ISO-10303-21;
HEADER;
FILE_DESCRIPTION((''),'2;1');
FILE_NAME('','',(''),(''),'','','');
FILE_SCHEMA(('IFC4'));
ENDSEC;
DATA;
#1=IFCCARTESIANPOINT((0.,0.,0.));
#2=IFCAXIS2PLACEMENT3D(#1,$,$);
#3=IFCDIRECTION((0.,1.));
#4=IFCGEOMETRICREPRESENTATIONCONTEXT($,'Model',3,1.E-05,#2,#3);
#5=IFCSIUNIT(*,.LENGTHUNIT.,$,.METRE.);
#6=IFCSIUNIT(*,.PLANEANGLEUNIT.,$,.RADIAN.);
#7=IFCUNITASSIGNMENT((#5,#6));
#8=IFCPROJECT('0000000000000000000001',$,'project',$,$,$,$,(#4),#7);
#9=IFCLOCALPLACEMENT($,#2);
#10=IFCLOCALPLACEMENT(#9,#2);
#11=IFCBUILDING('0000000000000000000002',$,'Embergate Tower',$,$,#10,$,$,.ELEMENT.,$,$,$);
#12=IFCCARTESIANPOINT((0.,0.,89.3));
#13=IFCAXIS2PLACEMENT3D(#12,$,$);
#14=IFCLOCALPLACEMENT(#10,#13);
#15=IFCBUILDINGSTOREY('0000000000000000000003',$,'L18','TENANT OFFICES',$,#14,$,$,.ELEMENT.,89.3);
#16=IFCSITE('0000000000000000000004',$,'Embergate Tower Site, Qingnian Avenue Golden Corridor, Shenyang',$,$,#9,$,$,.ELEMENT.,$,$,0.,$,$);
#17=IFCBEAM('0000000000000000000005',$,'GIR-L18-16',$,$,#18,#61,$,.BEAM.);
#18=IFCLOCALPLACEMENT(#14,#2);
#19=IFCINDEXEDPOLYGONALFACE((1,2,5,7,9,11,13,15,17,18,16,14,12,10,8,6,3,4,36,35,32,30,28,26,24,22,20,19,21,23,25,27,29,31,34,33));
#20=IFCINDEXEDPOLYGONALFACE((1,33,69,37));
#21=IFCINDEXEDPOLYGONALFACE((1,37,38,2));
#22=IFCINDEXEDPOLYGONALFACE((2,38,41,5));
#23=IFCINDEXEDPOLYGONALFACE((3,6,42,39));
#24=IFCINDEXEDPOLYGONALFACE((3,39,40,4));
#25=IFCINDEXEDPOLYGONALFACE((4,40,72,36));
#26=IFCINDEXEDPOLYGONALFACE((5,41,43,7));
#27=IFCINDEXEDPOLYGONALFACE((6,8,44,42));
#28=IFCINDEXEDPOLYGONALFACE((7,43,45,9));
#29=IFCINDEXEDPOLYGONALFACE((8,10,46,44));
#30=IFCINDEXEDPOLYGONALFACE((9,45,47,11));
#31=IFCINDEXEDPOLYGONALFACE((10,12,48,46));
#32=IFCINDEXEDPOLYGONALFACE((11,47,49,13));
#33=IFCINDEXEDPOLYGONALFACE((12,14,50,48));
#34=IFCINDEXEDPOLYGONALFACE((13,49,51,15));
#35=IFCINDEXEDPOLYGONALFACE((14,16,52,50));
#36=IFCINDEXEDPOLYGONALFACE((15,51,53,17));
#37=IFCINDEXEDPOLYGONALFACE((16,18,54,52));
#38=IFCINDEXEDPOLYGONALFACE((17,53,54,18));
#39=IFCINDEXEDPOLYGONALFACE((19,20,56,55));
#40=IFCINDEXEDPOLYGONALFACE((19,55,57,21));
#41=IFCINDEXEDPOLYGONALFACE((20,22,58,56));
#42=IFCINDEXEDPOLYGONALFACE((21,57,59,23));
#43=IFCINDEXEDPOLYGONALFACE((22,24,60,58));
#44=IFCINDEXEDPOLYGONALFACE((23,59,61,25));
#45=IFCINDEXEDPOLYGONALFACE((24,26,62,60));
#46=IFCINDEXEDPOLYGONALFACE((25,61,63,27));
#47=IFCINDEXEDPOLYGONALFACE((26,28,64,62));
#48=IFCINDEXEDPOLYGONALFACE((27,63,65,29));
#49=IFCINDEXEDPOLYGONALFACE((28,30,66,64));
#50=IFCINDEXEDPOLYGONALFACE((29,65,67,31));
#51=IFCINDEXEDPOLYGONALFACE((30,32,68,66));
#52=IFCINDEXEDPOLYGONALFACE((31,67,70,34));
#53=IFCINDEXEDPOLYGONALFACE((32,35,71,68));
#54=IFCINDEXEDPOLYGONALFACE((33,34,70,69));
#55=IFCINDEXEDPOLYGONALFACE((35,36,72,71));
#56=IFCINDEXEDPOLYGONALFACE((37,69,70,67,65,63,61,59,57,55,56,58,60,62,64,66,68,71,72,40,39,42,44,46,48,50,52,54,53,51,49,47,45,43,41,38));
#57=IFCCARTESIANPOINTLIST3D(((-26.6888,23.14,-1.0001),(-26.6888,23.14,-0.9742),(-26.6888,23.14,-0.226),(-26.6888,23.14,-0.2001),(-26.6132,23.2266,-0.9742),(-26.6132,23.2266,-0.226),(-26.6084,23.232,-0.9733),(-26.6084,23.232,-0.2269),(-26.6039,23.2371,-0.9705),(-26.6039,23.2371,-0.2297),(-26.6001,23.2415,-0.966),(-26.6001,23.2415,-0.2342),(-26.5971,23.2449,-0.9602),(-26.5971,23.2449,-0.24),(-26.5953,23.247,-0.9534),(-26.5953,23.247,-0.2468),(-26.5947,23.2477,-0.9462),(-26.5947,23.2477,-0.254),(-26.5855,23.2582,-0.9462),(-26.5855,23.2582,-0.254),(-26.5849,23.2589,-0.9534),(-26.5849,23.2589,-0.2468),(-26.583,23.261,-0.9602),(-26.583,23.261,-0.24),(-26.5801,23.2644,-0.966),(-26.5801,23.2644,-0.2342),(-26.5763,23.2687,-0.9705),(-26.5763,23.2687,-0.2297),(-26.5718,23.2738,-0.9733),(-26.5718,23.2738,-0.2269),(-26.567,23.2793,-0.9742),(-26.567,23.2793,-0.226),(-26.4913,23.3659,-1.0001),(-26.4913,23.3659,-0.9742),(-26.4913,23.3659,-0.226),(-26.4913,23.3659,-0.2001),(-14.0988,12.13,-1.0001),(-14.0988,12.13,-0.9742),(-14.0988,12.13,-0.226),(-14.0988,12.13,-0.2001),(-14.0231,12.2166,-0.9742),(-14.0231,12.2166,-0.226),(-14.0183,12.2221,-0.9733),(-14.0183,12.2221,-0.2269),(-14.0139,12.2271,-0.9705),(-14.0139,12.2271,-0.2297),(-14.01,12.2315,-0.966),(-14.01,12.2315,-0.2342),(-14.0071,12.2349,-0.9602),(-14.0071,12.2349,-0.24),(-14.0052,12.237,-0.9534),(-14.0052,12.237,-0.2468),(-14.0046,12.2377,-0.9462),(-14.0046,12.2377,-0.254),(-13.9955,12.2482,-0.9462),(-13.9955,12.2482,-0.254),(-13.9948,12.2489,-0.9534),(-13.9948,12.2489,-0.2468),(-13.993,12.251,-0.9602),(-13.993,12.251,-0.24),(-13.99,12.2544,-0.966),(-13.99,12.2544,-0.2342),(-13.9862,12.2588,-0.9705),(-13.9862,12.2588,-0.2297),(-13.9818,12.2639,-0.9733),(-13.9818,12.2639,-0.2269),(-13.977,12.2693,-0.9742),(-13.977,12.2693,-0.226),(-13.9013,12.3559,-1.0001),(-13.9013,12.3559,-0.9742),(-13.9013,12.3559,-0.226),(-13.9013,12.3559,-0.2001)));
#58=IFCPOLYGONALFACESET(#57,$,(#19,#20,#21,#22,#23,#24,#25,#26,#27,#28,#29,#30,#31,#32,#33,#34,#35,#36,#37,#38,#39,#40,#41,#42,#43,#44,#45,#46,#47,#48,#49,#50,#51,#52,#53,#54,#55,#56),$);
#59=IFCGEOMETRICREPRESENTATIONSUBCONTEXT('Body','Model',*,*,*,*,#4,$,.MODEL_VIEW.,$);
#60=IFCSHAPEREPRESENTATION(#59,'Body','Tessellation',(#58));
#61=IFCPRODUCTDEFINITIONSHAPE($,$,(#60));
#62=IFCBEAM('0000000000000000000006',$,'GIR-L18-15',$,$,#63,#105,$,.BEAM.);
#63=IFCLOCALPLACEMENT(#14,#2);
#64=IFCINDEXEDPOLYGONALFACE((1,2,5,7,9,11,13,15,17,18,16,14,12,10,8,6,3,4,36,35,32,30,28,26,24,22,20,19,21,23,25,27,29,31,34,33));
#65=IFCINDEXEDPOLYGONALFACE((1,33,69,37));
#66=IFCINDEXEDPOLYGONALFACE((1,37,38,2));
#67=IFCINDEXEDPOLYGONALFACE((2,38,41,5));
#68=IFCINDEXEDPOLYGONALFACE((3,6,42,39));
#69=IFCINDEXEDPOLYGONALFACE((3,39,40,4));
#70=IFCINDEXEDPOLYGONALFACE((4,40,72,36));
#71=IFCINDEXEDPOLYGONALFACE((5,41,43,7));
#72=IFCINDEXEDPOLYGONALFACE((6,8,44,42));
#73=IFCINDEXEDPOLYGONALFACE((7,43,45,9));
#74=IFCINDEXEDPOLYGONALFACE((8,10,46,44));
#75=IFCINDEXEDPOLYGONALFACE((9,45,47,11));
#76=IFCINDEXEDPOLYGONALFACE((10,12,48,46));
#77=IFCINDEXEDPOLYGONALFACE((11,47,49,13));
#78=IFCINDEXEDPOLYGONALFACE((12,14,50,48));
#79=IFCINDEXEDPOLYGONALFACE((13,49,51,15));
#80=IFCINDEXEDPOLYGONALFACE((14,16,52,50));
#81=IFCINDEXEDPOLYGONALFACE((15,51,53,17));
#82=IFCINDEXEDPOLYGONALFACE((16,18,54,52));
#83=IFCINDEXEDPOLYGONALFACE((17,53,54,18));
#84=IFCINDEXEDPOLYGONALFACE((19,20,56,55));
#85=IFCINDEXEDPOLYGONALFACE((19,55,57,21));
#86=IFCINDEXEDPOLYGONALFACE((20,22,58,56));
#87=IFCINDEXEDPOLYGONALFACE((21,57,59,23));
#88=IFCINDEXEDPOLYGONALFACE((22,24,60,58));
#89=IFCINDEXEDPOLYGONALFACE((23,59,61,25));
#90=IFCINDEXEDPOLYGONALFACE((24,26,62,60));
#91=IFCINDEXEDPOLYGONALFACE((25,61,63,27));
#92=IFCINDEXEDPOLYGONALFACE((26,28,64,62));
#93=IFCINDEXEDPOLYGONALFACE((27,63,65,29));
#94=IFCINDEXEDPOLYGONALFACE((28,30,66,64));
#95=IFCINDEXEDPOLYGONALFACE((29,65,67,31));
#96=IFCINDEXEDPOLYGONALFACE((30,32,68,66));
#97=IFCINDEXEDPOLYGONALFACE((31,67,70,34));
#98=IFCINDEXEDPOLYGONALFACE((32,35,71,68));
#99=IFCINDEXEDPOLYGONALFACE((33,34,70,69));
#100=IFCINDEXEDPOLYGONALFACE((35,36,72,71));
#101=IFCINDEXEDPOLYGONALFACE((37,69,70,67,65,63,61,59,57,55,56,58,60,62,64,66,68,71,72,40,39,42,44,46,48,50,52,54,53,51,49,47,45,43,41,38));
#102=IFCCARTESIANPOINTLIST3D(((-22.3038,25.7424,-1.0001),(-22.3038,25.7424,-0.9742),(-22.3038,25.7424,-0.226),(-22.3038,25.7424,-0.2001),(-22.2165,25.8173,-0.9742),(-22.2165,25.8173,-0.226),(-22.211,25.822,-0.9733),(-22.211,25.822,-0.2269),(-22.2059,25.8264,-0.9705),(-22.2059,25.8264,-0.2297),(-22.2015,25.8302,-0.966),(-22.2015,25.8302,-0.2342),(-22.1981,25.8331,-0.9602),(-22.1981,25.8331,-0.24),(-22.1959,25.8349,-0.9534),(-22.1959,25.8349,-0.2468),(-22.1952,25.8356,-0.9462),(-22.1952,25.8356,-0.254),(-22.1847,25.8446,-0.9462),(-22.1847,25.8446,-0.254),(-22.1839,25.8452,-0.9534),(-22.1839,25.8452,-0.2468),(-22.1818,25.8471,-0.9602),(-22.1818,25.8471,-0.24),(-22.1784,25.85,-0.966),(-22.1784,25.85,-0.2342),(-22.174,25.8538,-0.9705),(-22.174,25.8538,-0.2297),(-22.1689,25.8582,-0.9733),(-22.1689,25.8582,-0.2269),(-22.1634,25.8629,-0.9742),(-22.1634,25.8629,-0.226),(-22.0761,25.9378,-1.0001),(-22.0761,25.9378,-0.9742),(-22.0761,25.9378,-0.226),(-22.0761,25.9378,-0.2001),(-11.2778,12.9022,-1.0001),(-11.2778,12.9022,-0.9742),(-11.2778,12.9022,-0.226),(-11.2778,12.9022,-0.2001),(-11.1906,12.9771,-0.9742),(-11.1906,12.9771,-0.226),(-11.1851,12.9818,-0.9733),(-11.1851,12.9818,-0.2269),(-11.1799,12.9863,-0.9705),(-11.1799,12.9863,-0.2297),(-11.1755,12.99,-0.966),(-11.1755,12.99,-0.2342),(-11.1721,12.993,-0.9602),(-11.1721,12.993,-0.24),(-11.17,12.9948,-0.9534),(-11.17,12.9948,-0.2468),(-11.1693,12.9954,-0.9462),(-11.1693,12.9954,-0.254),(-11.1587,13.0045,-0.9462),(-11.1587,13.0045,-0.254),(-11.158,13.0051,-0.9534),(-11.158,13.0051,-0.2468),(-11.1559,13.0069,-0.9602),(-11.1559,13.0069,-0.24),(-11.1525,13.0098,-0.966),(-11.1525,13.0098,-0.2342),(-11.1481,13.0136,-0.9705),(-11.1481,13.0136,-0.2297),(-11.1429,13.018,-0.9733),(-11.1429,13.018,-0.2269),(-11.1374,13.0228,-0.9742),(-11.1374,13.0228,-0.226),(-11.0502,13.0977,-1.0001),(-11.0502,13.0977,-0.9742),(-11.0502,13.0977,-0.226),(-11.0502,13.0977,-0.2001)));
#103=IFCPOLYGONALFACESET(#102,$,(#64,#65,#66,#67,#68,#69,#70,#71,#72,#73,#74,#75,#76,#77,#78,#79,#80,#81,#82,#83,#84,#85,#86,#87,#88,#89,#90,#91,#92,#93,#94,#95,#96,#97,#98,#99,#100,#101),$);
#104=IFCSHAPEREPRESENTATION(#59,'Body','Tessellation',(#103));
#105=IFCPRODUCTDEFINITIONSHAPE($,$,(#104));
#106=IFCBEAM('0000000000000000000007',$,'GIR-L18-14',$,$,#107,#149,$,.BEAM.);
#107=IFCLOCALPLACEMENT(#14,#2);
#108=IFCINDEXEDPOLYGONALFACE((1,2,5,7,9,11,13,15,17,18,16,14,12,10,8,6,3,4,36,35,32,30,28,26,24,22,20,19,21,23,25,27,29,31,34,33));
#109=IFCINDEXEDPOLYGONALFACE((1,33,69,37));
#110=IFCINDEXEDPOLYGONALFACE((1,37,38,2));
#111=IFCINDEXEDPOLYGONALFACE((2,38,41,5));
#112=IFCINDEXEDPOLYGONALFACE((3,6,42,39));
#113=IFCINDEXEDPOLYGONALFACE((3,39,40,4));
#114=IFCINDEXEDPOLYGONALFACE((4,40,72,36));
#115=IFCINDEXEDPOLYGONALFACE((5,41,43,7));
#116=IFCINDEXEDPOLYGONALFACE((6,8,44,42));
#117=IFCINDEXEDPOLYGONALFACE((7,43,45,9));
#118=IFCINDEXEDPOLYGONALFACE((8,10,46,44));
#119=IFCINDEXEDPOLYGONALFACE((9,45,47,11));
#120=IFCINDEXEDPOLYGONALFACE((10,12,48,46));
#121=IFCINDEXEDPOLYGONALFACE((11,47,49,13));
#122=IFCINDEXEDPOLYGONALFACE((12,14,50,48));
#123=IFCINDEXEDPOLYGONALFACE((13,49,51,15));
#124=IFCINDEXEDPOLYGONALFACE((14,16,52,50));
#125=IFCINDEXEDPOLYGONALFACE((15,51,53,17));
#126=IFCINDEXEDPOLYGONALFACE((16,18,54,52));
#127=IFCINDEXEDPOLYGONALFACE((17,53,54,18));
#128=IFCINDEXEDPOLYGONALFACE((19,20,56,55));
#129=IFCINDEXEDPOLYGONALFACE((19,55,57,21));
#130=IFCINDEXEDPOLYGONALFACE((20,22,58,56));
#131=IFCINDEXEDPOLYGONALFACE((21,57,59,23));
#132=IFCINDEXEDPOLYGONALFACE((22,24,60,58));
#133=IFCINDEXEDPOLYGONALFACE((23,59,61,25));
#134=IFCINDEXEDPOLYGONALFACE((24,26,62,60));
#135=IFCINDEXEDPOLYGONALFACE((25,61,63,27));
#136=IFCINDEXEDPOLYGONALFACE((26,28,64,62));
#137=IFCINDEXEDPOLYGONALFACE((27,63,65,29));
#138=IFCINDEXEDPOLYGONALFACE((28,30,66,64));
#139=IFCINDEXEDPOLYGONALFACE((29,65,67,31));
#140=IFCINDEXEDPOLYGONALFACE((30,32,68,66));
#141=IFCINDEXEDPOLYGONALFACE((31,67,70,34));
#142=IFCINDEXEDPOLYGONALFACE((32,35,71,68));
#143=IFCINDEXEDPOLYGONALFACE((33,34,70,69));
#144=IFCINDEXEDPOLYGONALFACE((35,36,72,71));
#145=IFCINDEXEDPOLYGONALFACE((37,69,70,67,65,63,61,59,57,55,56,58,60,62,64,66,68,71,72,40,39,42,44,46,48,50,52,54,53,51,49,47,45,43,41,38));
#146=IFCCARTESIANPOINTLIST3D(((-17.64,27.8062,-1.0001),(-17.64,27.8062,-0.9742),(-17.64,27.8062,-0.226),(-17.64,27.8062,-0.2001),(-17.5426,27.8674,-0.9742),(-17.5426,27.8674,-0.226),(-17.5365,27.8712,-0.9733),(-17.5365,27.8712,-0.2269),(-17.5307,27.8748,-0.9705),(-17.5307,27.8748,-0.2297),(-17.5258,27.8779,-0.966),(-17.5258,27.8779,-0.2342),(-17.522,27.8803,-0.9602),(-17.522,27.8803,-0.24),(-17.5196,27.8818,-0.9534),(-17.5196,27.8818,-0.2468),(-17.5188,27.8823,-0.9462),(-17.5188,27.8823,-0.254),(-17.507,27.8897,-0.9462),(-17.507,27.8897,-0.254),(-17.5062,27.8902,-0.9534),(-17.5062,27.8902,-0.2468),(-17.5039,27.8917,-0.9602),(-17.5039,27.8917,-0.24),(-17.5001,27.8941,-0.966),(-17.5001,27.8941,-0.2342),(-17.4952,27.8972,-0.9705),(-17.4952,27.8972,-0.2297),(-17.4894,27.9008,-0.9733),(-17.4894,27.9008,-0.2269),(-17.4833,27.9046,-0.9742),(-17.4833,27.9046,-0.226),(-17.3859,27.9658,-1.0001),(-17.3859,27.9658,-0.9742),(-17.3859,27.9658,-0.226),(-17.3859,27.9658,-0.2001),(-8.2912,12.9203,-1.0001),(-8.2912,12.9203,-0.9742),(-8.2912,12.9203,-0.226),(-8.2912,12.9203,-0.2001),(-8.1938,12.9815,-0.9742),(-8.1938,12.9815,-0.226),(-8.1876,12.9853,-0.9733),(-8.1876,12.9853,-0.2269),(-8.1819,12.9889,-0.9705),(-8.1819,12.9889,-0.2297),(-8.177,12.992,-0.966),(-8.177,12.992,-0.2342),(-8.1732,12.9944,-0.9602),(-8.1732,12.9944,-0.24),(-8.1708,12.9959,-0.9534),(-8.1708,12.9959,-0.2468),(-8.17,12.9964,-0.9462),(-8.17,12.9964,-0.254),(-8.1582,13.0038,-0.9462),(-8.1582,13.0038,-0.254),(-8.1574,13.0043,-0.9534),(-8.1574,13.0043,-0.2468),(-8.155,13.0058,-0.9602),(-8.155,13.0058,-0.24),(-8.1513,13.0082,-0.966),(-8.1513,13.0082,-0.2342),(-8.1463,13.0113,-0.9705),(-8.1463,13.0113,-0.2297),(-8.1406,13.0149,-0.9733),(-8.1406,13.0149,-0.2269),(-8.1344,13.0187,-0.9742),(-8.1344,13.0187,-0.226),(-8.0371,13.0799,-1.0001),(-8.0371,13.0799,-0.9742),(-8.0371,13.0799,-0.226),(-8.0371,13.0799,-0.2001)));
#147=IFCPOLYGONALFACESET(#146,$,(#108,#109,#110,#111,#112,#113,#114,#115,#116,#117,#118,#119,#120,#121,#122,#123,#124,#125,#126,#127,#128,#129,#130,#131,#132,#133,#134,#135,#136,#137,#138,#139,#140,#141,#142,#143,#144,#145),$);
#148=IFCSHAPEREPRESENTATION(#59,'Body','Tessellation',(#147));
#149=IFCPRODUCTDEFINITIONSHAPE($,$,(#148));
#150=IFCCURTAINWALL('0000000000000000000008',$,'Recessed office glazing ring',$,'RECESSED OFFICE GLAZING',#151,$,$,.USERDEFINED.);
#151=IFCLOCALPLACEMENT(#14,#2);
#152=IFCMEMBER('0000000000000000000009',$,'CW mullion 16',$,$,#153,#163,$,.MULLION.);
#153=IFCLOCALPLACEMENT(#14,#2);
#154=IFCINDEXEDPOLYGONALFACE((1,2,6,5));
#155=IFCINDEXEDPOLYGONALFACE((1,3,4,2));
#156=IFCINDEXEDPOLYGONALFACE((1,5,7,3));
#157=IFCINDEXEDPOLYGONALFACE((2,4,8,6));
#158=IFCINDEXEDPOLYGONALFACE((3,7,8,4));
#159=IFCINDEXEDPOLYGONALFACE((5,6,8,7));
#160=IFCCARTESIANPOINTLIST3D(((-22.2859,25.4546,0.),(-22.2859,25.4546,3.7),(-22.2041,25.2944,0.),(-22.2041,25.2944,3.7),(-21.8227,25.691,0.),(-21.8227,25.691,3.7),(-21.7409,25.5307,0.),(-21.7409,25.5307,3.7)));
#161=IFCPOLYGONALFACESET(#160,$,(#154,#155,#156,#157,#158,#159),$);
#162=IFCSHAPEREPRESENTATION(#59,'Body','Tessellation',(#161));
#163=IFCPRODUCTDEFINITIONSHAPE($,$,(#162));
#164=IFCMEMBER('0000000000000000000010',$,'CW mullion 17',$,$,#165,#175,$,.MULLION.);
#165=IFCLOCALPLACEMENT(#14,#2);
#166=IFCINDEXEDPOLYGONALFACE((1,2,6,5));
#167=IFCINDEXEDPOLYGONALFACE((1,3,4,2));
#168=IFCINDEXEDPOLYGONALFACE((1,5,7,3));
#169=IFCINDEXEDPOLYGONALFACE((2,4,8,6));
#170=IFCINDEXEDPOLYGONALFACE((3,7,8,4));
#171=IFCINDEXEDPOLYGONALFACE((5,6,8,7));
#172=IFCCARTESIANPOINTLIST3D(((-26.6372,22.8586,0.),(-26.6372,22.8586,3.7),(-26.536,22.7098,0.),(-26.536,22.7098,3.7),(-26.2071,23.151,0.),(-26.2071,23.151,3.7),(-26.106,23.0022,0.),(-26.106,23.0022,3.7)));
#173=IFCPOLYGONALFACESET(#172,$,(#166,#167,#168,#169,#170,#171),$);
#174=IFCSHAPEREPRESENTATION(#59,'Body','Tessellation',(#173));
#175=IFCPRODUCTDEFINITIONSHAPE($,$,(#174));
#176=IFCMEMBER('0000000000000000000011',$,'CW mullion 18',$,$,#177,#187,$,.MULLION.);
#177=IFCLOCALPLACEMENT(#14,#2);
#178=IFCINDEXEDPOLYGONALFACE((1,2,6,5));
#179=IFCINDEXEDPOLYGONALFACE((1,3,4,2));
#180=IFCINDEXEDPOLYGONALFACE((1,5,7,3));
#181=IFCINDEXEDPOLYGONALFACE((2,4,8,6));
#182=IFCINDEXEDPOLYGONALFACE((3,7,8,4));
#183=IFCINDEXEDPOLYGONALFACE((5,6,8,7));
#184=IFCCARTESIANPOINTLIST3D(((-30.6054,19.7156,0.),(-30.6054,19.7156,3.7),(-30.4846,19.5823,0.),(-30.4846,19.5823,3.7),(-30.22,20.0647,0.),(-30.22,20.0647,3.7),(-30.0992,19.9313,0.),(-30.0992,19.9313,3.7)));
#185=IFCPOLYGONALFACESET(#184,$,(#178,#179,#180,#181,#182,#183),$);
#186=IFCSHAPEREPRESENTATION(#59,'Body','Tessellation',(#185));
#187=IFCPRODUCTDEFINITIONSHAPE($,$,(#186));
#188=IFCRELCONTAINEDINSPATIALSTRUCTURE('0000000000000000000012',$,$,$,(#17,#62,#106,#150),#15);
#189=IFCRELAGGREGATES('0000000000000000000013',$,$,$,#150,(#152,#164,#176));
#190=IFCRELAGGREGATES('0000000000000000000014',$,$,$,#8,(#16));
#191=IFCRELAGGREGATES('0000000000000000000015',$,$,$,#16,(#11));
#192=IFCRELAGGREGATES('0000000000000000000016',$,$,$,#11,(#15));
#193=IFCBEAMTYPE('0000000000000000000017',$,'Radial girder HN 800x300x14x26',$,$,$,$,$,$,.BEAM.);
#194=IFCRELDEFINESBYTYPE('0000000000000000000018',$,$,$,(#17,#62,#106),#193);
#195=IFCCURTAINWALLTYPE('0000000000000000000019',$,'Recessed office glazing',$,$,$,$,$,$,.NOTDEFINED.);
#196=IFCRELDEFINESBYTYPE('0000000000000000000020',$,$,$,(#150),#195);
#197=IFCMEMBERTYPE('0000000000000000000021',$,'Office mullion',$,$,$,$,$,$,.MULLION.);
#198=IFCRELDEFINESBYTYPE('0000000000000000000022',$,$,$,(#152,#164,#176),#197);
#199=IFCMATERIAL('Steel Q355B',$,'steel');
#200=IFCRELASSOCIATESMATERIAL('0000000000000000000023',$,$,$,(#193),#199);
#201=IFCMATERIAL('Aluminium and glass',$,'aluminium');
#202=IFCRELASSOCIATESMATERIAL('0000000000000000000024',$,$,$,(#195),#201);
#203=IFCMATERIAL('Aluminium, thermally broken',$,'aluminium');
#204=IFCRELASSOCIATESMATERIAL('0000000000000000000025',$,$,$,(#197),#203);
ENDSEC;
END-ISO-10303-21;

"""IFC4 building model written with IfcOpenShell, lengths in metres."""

from ifc_helpers import new_model, si_unit, direction, frame, origin, origin_2d, place, context, subcontext, project, spatial, rectangle, i_section, extrude, source, transform, mapped, material, material_profile, profile_set, type_object, element, aggregate, save


model = new_model("IFC4")

# Units and contexts
model_context = context("Model", 3, precision=1e-05, world=origin(), true_north=direction((0.0, 1.0)))
body_context = subcontext(model_context, "Body", "Model", "MODEL_VIEW")
ifc_project = project(units=[si_unit("LENGTHUNIT", "METRE"), si_unit("PLANEANGLEUNIT", "RADIAN")], contexts=[model_context])

# Site, building, storey
site_placement = place(None, origin())
site = spatial("IfcSite", under=ifc_project, at=site_placement, Name="Embergate Tower Site, Qingnian Avenue Golden Corridor, Shenyang", CompositionType="ELEMENT", RefElevation=0.0)
building_placement = place(site_placement, origin())
building = spatial("IfcBuilding", under=site, at=building_placement, Name="Embergate Tower", CompositionType="ELEMENT")
storey_placement = place(building_placement, frame((0.0, 0.0, 89.3)))
storey = spatial("IfcBuildingStorey", under=building, at=storey_placement, Name="L18", Description="TENANT OFFICES", CompositionType="ELEMENT", Elevation=89.3)

# Beams
ifc_material_1 = material(Name="Steel Q355B", Category="steel")
ifc_material_profile_1 = material_profile(ifc_material_1, i_section(OverallWidth=0.3, OverallDepth=0.8, WebThickness=0.0139, FlangeThickness=0.0259, FilletRadius=0.0281, at=origin_2d()), Name="HN 800x300x14x26")
ifc_profile_set_1 = profile_set([ifc_material_profile_1], Name="Steel Q355 grade B")
beam_type_1 = type_object("IfcBeamType", Name="Radial girder HN 800x300x14x26", PredefinedType="BEAM", material=ifc_profile_set_1)
shared_shape_1 = source(origin(), body_context, "Body", "SweptSolid", [
    extrude(i_section(OverallWidth=0.3, OverallDepth=0.8, WebThickness=0.0139, FlangeThickness=0.0259, FilletRadius=0.0281, at=origin_2d()), origin(), (0.0, 0.0, 1.0), 16.7251),
])
beam_1_placement = place(storey_placement, frame((-26.5901, 23.2529, -0.6001), z_axis=(0.752764, -0.658291, 0.0), x_axis=(0.658291, 0.752764, 0.0)))
element("IfcBeam", 1, at=beam_1_placement, inside=storey, type_object=beam_type_1, Name="GIR-L18-16", PredefinedType="BEAM", context=body_context, shape_type="MappedRepresentation", body=[
    mapped(shared_shape_1, transform((0.0, 0.0, 0.0))),
])
shared_shape_2 = source(origin(), body_context, "Body", "SweptSolid", [
    extrude(i_section(OverallWidth=0.3, OverallDepth=0.8, WebThickness=0.0139, FlangeThickness=0.0259, FilletRadius=0.0281, at=origin_2d()), origin(), (0.0, 0.0, 1.0), 16.9246),
])
beam_2_placement = place(storey_placement, frame((-22.1899, 25.8401, -0.6001), z_axis=(0.651475, -0.75867, 0.0), x_axis=(0.75867, 0.651475, 0.0)))
element("IfcBeam", 2, at=beam_2_placement, inside=storey, type_object=beam_type_1, Name="GIR-L18-15", PredefinedType="BEAM", context=body_context, shape_type="MappedRepresentation", body=[
    mapped(shared_shape_2, transform((0.0, 0.0, 0.0))),
])
shared_shape_3 = source(origin(), body_context, "Body", "SweptSolid", [
    extrude(i_section(OverallWidth=0.3, OverallDepth=0.8, WebThickness=0.0139, FlangeThickness=0.0259, FilletRadius=0.0281, at=origin_2d()), origin(), (0.0, 0.0, 1.0), 17.5781),
])
beam_3_placement = place(storey_placement, frame((-17.5129, 27.886, -0.6001), z_axis=(0.531844, -0.846842, 0.0), x_axis=(0.846842, 0.531844, 0.0)))
element("IfcBeam", 3, at=beam_3_placement, inside=storey, type_object=beam_type_1, Name="GIR-L18-14", PredefinedType="BEAM", context=body_context, shape_type="MappedRepresentation", body=[
    mapped(shared_shape_3, transform((0.0, 0.0, 0.0))),
])

# Curtain wall, members
ifc_material_2 = material(Name="Aluminium and glass", Category="aluminium")
curtain_wall_type = type_object("IfcCurtainWallType", Name="Recessed office glazing", PredefinedType="NOTDEFINED", material=ifc_material_2)
curtain_wall_placement = place(storey_placement, origin())
curtain_wall = element("IfcCurtainWall", 4, at=curtain_wall_placement, inside=storey, type_object=curtain_wall_type, Name="Recessed office glazing ring", ObjectType="RECESSED OFFICE GLAZING", PredefinedType="USERDEFINED")
ifc_material_3 = material(Name="Aluminium, thermally broken", Category="aluminium")
ifc_material_profile_2 = material_profile(ifc_material_3, rectangle(XDim=0.1799, YDim=0.52, at=origin_2d()), Name="AL 520x180")
ifc_profile_set_2 = profile_set([ifc_material_profile_2], Name="Aluminium, thermally broken")
member_type_1 = type_object("IfcMemberType", Name="Office mullion", PredefinedType="MULLION", material=ifc_profile_set_2)
shared_shape_4 = source(origin(), body_context, "Body", "SweptSolid", [
    extrude(rectangle(XDim=0.1799, YDim=0.52, at=origin_2d()), origin(), (0.0, 0.0, 1.0), 3.7),
])
member_1_placement = place(storey_placement, frame((-22.0134, 25.4927, 0.0), z_axis=(0.0, 0.0, 1.0), x_axis=(0.454511, -0.890741, 0.0)))
member_1 = element("IfcMember", 5, at=member_1_placement, type_object=member_type_1, Name="CW mullion 16", PredefinedType="MULLION", context=body_context, shape_type="MappedRepresentation", body=[
    mapped(shared_shape_4, transform((0.0, 0.0, 0.0))),
])
member_2_placement = place(storey_placement, frame((-26.3716, 22.9304, 0.0), z_axis=(0.0, 0.0, 1.0), x_axis=(0.562218, -0.826989, 0.0)))
member_2 = element("IfcMember", 6, at=member_2_placement, type_object=member_type_1, Name="CW mullion 17", PredefinedType="MULLION", context=body_context, shape_type="MappedRepresentation", body=[
    mapped(shared_shape_4, transform((0.0, 0.0, 0.0))),
])
member_3_placement = place(storey_placement, frame((-30.3523, 19.8235, 0.0), z_axis=(0.0, 0.0, 1.0), x_axis=(0.671229, -0.74125, 0.0)))
member_3 = element("IfcMember", 7, at=member_3_placement, type_object=member_type_1, Name="CW mullion 18", PredefinedType="MULLION", context=body_context, shape_type="MappedRepresentation", body=[
    mapped(shared_shape_4, transform((0.0, 0.0, 0.0))),
])
aggregate(curtain_wall, [member_1, member_2, member_3])

save(model, "model.ifc")
